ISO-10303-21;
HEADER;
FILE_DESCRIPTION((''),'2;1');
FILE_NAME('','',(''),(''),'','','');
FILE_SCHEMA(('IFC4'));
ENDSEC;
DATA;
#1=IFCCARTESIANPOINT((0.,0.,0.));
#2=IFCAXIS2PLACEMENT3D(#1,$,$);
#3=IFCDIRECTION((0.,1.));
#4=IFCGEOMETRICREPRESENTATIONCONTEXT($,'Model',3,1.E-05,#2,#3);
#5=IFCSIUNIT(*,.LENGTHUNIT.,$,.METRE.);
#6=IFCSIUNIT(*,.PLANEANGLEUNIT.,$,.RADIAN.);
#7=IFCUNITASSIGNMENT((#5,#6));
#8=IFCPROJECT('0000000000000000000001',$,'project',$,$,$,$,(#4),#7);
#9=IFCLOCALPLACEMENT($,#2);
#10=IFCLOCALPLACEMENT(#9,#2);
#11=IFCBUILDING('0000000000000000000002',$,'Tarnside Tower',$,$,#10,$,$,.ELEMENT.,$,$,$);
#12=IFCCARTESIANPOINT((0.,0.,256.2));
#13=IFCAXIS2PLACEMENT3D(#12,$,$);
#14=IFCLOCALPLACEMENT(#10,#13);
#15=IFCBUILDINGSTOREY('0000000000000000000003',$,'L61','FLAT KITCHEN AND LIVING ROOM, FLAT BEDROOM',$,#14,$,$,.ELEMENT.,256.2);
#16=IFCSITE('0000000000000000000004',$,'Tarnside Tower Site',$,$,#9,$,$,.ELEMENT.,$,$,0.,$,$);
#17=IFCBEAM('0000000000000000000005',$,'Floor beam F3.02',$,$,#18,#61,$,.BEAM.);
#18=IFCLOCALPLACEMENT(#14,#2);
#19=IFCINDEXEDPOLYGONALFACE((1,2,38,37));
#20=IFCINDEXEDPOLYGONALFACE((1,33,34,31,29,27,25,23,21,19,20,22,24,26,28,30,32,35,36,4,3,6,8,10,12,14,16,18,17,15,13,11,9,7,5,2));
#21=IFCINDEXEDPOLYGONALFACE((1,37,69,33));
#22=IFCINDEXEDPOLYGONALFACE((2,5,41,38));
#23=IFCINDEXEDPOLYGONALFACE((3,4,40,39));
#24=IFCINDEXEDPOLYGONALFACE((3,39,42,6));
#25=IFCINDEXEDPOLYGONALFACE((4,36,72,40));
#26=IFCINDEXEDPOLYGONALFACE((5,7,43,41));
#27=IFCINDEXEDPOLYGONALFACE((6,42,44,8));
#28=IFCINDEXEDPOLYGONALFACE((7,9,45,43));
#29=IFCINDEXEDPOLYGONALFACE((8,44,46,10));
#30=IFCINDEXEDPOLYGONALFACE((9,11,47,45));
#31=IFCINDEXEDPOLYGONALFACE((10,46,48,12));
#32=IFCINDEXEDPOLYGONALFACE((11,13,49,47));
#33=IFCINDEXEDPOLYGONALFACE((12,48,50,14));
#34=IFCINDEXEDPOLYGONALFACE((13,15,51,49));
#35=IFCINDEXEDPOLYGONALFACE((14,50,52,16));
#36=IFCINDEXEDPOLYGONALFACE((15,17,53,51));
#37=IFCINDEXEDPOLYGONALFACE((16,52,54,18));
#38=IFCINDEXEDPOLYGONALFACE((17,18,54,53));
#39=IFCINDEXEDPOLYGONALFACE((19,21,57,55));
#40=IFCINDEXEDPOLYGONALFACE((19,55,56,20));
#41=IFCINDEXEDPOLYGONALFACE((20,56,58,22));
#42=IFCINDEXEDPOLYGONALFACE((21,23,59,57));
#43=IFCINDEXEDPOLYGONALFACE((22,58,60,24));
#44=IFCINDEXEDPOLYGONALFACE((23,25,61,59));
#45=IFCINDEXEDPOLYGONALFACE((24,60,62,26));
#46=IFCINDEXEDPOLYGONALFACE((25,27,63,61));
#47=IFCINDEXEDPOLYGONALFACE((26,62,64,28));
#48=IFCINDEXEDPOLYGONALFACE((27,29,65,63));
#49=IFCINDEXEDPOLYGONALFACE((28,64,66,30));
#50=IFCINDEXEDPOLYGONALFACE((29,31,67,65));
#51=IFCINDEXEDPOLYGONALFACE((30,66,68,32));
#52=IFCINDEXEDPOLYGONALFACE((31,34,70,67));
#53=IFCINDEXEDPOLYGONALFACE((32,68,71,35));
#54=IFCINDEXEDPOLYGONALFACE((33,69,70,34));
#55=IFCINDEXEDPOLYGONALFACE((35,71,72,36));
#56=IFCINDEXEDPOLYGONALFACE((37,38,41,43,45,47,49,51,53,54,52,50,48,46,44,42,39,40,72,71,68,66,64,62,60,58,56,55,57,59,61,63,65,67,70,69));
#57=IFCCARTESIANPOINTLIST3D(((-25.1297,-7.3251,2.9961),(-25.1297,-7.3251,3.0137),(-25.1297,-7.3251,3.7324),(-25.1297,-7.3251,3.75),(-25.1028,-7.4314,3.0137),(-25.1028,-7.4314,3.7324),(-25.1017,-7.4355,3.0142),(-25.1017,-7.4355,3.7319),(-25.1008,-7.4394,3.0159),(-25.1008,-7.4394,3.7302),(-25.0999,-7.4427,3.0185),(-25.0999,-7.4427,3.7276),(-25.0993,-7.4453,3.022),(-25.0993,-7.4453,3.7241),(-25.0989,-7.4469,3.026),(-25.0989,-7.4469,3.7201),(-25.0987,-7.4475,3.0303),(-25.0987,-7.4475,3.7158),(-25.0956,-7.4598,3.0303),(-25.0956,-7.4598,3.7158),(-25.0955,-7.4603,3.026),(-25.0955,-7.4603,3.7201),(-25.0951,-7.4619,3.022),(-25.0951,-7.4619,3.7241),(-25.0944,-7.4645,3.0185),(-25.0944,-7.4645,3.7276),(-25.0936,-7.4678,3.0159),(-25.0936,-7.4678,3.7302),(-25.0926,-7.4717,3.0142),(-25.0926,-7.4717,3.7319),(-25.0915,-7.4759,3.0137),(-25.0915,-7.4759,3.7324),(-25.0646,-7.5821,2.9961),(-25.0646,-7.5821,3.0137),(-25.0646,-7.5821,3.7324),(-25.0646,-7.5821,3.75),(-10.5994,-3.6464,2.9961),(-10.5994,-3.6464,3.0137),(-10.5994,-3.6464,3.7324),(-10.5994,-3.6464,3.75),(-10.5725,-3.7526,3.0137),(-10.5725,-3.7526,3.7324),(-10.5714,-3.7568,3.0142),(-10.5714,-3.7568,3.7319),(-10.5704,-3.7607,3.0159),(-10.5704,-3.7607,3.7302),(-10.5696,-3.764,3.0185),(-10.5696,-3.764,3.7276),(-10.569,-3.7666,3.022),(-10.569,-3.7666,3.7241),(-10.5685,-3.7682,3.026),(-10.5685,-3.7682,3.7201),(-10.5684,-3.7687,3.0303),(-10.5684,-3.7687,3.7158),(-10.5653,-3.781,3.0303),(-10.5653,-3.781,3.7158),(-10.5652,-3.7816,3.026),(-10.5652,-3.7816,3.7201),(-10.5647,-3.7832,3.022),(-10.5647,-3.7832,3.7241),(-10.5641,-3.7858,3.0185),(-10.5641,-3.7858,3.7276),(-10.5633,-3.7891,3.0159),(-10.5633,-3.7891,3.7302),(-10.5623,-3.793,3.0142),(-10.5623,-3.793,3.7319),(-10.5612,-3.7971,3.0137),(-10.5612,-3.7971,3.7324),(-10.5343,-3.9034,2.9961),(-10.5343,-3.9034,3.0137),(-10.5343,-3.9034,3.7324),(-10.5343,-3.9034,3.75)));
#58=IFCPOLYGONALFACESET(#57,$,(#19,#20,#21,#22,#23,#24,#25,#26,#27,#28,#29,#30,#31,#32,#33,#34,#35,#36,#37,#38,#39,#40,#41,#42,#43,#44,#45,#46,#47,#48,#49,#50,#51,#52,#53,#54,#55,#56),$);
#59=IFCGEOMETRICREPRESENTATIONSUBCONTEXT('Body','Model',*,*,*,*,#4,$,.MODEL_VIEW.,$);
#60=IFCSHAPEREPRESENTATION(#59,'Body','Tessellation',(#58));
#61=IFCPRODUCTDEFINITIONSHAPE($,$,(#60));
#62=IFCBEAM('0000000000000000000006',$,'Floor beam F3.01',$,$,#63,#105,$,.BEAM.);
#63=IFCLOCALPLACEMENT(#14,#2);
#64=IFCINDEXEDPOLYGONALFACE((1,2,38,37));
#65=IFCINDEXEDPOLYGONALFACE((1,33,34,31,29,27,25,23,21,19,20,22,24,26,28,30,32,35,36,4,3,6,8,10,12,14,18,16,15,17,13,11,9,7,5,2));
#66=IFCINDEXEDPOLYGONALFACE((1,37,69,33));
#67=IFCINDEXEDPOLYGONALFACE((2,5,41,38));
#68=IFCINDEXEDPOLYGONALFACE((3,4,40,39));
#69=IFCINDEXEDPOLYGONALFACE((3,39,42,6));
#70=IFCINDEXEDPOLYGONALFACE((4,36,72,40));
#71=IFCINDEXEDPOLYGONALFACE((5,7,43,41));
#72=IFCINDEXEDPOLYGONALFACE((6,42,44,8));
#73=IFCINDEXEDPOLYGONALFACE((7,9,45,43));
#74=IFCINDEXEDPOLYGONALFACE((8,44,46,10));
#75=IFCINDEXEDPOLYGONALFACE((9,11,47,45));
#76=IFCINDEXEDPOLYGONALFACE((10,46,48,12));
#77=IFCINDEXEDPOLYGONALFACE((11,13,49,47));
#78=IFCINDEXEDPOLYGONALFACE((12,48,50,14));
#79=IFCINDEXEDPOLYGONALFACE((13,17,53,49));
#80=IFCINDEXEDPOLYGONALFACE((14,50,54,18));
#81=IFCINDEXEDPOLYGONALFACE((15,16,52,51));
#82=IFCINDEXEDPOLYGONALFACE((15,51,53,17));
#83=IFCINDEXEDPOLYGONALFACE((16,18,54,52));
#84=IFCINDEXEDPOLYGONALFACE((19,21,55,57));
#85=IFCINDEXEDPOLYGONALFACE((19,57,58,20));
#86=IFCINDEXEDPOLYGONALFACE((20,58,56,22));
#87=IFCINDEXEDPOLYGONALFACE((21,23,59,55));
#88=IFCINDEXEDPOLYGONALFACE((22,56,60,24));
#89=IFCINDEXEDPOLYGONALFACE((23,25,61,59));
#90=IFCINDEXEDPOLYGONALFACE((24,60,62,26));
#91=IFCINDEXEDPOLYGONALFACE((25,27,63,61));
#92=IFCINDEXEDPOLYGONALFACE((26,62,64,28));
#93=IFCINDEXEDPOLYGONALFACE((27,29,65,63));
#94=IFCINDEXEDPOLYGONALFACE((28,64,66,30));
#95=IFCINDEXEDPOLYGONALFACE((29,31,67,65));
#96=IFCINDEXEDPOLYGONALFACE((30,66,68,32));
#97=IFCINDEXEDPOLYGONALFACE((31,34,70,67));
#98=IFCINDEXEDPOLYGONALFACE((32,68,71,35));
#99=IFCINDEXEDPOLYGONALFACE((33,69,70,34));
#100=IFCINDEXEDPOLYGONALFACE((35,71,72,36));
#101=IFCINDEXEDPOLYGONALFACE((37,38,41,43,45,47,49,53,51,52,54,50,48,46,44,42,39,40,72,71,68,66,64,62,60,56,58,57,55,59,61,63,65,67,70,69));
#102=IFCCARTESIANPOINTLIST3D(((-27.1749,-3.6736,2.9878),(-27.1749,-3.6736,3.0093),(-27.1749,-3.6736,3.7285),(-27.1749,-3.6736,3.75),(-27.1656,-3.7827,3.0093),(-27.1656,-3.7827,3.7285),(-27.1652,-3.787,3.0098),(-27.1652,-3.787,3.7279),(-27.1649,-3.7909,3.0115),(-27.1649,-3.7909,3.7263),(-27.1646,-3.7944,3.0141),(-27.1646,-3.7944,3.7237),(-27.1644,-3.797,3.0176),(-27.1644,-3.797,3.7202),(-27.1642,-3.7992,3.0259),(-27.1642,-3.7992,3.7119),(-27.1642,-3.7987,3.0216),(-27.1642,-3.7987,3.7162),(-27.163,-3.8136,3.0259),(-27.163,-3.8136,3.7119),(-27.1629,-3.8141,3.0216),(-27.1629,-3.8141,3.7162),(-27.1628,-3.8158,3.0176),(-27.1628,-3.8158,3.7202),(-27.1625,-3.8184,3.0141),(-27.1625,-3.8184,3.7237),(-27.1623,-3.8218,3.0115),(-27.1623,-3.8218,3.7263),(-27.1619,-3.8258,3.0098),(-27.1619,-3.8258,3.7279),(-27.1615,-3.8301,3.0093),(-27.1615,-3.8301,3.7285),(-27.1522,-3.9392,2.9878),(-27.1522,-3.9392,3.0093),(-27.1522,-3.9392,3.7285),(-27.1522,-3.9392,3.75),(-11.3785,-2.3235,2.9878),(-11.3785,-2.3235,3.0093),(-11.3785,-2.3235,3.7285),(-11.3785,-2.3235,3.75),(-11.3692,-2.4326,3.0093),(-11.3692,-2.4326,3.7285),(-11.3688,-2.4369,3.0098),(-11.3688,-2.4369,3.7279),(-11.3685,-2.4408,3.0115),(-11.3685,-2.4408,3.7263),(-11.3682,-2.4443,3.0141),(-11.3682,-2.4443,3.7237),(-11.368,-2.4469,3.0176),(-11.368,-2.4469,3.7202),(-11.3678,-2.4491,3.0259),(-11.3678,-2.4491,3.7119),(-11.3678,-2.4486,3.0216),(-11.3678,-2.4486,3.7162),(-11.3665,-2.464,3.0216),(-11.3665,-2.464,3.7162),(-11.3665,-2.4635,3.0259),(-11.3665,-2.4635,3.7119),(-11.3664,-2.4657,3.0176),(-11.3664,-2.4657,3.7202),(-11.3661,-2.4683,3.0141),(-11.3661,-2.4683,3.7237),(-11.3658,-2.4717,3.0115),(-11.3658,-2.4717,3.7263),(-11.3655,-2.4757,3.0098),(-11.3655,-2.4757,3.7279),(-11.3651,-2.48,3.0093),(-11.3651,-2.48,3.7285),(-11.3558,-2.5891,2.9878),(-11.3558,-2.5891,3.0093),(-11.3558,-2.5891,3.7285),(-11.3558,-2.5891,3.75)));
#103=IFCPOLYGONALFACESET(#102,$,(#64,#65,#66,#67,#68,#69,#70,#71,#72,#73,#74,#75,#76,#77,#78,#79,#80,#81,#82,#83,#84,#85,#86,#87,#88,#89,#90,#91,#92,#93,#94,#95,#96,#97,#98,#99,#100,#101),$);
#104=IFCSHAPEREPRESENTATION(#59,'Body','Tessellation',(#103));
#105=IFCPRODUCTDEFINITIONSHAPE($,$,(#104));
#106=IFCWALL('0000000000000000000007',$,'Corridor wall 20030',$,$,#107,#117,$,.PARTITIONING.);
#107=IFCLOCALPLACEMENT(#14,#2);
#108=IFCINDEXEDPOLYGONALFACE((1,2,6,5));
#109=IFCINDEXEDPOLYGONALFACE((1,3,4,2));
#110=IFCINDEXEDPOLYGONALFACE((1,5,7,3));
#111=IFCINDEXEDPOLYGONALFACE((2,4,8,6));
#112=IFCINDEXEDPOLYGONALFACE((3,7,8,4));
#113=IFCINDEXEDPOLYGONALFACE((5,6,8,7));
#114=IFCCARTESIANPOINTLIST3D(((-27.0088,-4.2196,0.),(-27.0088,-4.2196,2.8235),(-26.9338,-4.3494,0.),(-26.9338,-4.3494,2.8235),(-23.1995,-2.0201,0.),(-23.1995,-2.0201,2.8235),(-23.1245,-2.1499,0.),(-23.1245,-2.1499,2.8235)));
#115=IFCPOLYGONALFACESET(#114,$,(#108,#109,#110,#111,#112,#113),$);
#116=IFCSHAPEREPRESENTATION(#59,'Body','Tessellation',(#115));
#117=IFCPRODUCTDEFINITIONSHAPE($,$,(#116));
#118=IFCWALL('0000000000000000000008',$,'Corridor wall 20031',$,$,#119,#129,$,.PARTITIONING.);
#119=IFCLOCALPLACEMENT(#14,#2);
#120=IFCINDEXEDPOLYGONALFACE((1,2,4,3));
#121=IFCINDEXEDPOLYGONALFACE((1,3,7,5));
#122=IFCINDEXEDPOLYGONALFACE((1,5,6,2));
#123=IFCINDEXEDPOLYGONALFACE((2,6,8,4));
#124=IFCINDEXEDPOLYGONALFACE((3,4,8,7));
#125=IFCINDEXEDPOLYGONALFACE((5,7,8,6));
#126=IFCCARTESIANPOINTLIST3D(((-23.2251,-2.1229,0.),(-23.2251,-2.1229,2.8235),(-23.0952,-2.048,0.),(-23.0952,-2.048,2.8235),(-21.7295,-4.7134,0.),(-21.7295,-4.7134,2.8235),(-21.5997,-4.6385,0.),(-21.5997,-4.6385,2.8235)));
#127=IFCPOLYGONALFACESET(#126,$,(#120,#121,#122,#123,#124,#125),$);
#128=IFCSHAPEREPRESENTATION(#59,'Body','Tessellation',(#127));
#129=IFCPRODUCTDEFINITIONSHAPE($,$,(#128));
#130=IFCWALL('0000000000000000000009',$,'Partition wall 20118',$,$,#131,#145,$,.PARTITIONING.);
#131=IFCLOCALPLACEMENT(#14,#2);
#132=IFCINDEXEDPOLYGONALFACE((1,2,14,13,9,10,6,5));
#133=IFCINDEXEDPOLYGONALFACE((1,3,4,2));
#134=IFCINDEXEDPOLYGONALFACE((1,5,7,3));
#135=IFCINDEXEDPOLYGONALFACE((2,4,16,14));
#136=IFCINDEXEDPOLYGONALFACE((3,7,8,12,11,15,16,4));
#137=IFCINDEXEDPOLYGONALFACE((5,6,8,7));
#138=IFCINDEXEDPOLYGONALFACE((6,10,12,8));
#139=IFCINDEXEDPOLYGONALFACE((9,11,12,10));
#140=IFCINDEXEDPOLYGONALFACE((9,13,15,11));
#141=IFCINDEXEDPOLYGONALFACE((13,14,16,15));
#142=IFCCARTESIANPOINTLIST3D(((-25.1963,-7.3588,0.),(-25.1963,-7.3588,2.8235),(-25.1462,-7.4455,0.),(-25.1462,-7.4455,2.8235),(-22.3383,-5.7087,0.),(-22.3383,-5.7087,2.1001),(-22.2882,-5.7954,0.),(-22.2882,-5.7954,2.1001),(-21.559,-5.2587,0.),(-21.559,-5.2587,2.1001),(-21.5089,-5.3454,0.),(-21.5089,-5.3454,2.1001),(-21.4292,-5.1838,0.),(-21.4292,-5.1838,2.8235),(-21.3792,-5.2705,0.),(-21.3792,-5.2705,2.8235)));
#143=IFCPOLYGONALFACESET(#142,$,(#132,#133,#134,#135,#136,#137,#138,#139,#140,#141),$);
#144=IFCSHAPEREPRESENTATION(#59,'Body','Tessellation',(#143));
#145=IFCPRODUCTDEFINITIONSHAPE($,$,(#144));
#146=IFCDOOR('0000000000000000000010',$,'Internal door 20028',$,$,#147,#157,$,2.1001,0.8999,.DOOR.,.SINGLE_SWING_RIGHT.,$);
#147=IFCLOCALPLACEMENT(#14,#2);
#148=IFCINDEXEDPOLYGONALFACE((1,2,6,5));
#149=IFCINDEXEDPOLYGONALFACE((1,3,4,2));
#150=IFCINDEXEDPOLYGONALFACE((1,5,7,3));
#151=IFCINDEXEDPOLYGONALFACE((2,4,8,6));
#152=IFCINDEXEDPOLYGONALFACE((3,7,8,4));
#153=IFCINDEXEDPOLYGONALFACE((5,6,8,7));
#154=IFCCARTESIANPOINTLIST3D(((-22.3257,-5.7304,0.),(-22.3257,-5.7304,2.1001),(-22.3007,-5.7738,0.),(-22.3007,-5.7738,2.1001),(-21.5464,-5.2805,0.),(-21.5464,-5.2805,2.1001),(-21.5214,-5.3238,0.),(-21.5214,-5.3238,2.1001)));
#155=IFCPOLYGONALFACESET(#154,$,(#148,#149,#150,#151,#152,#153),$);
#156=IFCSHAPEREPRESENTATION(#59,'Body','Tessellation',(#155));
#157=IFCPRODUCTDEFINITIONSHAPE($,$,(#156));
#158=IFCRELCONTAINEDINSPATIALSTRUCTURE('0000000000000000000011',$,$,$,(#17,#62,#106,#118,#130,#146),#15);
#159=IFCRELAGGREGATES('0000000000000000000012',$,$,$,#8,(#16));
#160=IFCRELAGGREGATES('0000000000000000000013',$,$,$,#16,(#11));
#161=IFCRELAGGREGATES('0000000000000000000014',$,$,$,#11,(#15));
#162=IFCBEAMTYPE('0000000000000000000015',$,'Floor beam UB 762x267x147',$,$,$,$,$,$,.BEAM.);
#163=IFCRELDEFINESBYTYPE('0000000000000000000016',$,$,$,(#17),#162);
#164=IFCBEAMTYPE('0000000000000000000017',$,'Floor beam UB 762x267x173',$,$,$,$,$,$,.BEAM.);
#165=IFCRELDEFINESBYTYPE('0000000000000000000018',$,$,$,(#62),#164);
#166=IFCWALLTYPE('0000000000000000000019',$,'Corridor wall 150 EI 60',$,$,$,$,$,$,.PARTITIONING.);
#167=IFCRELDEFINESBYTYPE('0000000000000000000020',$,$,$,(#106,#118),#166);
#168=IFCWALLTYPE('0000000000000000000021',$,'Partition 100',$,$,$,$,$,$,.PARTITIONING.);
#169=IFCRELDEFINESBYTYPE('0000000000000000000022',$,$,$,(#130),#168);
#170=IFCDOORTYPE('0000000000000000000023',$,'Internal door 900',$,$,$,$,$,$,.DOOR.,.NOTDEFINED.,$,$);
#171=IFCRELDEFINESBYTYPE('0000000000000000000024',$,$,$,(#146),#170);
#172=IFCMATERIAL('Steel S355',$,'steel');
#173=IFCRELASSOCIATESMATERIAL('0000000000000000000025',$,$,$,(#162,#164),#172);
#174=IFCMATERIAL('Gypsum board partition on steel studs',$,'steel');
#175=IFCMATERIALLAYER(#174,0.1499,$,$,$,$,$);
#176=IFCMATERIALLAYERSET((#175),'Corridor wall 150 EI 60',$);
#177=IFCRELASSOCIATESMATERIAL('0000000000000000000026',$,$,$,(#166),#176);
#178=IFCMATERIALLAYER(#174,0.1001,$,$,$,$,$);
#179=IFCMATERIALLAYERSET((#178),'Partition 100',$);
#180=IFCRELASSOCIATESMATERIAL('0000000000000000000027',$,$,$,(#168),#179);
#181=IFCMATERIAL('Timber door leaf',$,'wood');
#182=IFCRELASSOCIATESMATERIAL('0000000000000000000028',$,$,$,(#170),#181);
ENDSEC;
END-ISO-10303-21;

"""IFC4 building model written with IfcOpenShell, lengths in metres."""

from ifc_helpers import new_model, si_unit, direction, frame, frame_2d, origin, origin_2d, place, context, subcontext, project, spatial, rectangle, i_section, extrude, material, layer, layer_set, material_profile, profile_set, type_object, element, fill, save


model = new_model("IFC4")

# Units and contexts
model_context = context("Model", 3, precision=1e-05, world=origin(), true_north=direction((0.0, 1.0)))
body_context = subcontext(model_context, "Body", "Model", "MODEL_VIEW")
ifc_project = project(units=[si_unit("LENGTHUNIT", "METRE"), si_unit("PLANEANGLEUNIT", "RADIAN")], contexts=[model_context])

# Site, building, storey
site_placement = place(None, origin())
site = spatial("IfcSite", under=ifc_project, at=site_placement, Name="Tarnside Tower Site", CompositionType="ELEMENT", RefElevation=0.0)
building_placement = place(site_placement, origin())
building = spatial("IfcBuilding", under=site, at=building_placement, Name="Tarnside Tower", CompositionType="ELEMENT")
storey_placement = place(building_placement, frame((0.0, 0.0, 256.2)))
storey = spatial("IfcBuildingStorey", under=building, at=storey_placement, Name="L61", Description="FLAT KITCHEN AND LIVING ROOM, FLAT BEDROOM", CompositionType="ELEMENT", Elevation=256.2)

# Beams
ifc_material_1 = material(Name="Steel S355", Category="steel")
ifc_material_profile_1 = material_profile(ifc_material_1, i_section(OverallWidth=0.2651, OverallDepth=0.7539, WebThickness=0.0127, FlangeThickness=0.0176, FilletRadius=0.0166, at=origin_2d()), Name="UB 762x267x147")
ifc_profile_set_1 = profile_set([ifc_material_profile_1], Name="Steel S355")
beam_type_1 = type_object("IfcBeamType", Name="Floor beam UB 762x267x147", PredefinedType="BEAM", material=ifc_profile_set_1)
beam_1_placement = place(storey_placement, frame((-25.0972, -7.4536, 3.373), z_axis=(0.969414, 0.245432, 0.0), x_axis=(-0.245432, 0.969414, 0.0)))
element("IfcBeam", 1, at=beam_1_placement, inside=storey, type_object=beam_type_1, Name="Floor beam F3.02", PredefinedType="BEAM", context=body_context, shape_type="SweptSolid", body=[
    extrude(i_section(OverallWidth=0.2651, OverallDepth=0.7539, WebThickness=0.0127, FlangeThickness=0.0176, FilletRadius=0.0166, at=origin_2d()), origin(), (0.0, 0.0, 1.0), 14.9888),
])
ifc_material_profile_2 = material_profile(ifc_material_1, i_section(OverallWidth=0.2666, OverallDepth=0.7622, WebThickness=0.0144, FlangeThickness=0.0215, FilletRadius=0.0166, at=origin_2d()), Name="UB 762x267x173")
ifc_profile_set_2 = profile_set([ifc_material_profile_2], Name="Steel S355")
beam_type_2 = type_object("IfcBeamType", Name="Floor beam UB 762x267x173", PredefinedType="BEAM", material=ifc_profile_set_2)
beam_2_placement = place(storey_placement, frame((-27.1636, -3.8064, 3.3689), z_axis=(0.996367, 0.085158, 0.0), x_axis=(-0.085158, 0.996367, 0.0)))
element("IfcBeam", 2, at=beam_2_placement, inside=storey, type_object=beam_type_2, Name="Floor beam F3.01", PredefinedType="BEAM", context=body_context, shape_type="SweptSolid", body=[
    extrude(i_section(OverallWidth=0.2666, OverallDepth=0.7622, WebThickness=0.0144, FlangeThickness=0.0215, FilletRadius=0.0166, at=origin_2d()), origin(), (0.0, 0.0, 1.0), 15.854),
])

# Walls
ifc_material_2 = material(Name="Gypsum board partition on steel studs", Category="steel")
ifc_layer_1 = layer(ifc_material_2, 0.1499)
ifc_layer_set_1 = layer_set([ifc_layer_1], Name="Corridor wall 150 EI 60")
wall_type_1 = type_object("IfcWallType", Name="Corridor wall 150 EI 60", PredefinedType="PARTITIONING", material=ifc_layer_set_1)
wall_1_placement = place(storey_placement, frame((-26.9712, -4.2844, 0.0), z_axis=(0.0, 0.0, 1.0), x_axis=(0.866011, 0.500025, 0.0)))
element("IfcWall", 3, at=wall_1_placement, inside=storey, type_object=wall_type_1, Name="Corridor wall 20030", PredefinedType="PARTITIONING", context=body_context, shape_type="SweptSolid", body=[
    extrude(rectangle(XDim=4.3987, YDim=0.1499, at=frame_2d((2.1992, 0.0))), origin(), (0.0, 0.0, 1.0), 2.8235),
])
wall_2_placement = place(storey_placement, frame((-23.1602, -2.0854, 0.0), z_axis=(0.0, 0.0, 1.0), x_axis=(0.499984, -0.866035, 0.0)))
element("IfcWall", 4, at=wall_2_placement, inside=storey, type_object=wall_type_1, Name="Corridor wall 20031", PredefinedType="PARTITIONING", context=body_context, shape_type="SweptSolid", body=[
    extrude(rectangle(XDim=2.9912, YDim=0.1499, at=frame_2d((1.4956, 0.0))), origin(), (0.0, 0.0, 1.0), 2.8235),
])

# Wall, opening, door
ifc_layer_2 = layer(ifc_material_2, 0.1001)
ifc_layer_set_2 = layer_set([ifc_layer_2], Name="Partition 100")
wall_type_2 = type_object("IfcWallType", Name="Partition 100", PredefinedType="PARTITIONING", material=ifc_layer_set_2)
wall_3_placement = place(storey_placement, frame((-25.1711, -7.4021, 0.0), z_axis=(0.0, 0.0, 1.0), x_axis=(0.866014, 0.50002, 0.0)))
wall_3 = element("IfcWall", 5, at=wall_3_placement, inside=storey, type_object=wall_type_2, Name="Partition wall 20118", PredefinedType="PARTITIONING", context=body_context, shape_type="SweptSolid", body=[
    extrude(rectangle(XDim=4.3499, YDim=0.1001, at=frame_2d((2.1748, 0.0))), origin(), (0.0, 0.0, 1.0), 2.8235),
])
opening_1_placement = place(wall_3_placement, frame((3.3, 0.0, 0.0)))
opening_1 = element("IfcOpeningElement", 6, at=opening_1_placement, cuts=wall_3, PredefinedType="OPENING", context=body_context, shape_type="SweptSolid", body=[
    extrude(rectangle(XDim=0.8999, YDim=2.1001, at=frame_2d((0.45, 1.05))), frame((0.0, 0.0601, 0.0), z_axis=(0.0, -1.0, 0.0), x_axis=(1.0, 0.0, 0.0)), (0.0, 0.0, 1.0), 0.1201),
])
ifc_material_3 = material(Name="Timber door leaf", Category="wood")
door_type = type_object("IfcDoorType", Name="Internal door 900", OperationType="NOTDEFINED", PredefinedType="DOOR", material=ifc_material_3)
door_placement = place(opening_1_placement, origin())
door = element("IfcDoor", 7, at=door_placement, inside=storey, type_object=door_type, Name="Internal door 20028", OperationType="SINGLE_SWING_RIGHT", OverallHeight=2.1001, OverallWidth=0.8999, PredefinedType="DOOR", context=body_context, shape_type="SweptSolid", body=[
    extrude(rectangle(XDim=0.8999, YDim=2.1001, at=frame_2d((0.45, 1.05))), frame((0.0, 0.0249, 0.0), z_axis=(0.0, -1.0, 0.0), x_axis=(1.0, 0.0, 0.0)), (0.0, 0.0, 1.0), 0.05),
])
fill(opening_1, door)

save(model, "model.ifc")
